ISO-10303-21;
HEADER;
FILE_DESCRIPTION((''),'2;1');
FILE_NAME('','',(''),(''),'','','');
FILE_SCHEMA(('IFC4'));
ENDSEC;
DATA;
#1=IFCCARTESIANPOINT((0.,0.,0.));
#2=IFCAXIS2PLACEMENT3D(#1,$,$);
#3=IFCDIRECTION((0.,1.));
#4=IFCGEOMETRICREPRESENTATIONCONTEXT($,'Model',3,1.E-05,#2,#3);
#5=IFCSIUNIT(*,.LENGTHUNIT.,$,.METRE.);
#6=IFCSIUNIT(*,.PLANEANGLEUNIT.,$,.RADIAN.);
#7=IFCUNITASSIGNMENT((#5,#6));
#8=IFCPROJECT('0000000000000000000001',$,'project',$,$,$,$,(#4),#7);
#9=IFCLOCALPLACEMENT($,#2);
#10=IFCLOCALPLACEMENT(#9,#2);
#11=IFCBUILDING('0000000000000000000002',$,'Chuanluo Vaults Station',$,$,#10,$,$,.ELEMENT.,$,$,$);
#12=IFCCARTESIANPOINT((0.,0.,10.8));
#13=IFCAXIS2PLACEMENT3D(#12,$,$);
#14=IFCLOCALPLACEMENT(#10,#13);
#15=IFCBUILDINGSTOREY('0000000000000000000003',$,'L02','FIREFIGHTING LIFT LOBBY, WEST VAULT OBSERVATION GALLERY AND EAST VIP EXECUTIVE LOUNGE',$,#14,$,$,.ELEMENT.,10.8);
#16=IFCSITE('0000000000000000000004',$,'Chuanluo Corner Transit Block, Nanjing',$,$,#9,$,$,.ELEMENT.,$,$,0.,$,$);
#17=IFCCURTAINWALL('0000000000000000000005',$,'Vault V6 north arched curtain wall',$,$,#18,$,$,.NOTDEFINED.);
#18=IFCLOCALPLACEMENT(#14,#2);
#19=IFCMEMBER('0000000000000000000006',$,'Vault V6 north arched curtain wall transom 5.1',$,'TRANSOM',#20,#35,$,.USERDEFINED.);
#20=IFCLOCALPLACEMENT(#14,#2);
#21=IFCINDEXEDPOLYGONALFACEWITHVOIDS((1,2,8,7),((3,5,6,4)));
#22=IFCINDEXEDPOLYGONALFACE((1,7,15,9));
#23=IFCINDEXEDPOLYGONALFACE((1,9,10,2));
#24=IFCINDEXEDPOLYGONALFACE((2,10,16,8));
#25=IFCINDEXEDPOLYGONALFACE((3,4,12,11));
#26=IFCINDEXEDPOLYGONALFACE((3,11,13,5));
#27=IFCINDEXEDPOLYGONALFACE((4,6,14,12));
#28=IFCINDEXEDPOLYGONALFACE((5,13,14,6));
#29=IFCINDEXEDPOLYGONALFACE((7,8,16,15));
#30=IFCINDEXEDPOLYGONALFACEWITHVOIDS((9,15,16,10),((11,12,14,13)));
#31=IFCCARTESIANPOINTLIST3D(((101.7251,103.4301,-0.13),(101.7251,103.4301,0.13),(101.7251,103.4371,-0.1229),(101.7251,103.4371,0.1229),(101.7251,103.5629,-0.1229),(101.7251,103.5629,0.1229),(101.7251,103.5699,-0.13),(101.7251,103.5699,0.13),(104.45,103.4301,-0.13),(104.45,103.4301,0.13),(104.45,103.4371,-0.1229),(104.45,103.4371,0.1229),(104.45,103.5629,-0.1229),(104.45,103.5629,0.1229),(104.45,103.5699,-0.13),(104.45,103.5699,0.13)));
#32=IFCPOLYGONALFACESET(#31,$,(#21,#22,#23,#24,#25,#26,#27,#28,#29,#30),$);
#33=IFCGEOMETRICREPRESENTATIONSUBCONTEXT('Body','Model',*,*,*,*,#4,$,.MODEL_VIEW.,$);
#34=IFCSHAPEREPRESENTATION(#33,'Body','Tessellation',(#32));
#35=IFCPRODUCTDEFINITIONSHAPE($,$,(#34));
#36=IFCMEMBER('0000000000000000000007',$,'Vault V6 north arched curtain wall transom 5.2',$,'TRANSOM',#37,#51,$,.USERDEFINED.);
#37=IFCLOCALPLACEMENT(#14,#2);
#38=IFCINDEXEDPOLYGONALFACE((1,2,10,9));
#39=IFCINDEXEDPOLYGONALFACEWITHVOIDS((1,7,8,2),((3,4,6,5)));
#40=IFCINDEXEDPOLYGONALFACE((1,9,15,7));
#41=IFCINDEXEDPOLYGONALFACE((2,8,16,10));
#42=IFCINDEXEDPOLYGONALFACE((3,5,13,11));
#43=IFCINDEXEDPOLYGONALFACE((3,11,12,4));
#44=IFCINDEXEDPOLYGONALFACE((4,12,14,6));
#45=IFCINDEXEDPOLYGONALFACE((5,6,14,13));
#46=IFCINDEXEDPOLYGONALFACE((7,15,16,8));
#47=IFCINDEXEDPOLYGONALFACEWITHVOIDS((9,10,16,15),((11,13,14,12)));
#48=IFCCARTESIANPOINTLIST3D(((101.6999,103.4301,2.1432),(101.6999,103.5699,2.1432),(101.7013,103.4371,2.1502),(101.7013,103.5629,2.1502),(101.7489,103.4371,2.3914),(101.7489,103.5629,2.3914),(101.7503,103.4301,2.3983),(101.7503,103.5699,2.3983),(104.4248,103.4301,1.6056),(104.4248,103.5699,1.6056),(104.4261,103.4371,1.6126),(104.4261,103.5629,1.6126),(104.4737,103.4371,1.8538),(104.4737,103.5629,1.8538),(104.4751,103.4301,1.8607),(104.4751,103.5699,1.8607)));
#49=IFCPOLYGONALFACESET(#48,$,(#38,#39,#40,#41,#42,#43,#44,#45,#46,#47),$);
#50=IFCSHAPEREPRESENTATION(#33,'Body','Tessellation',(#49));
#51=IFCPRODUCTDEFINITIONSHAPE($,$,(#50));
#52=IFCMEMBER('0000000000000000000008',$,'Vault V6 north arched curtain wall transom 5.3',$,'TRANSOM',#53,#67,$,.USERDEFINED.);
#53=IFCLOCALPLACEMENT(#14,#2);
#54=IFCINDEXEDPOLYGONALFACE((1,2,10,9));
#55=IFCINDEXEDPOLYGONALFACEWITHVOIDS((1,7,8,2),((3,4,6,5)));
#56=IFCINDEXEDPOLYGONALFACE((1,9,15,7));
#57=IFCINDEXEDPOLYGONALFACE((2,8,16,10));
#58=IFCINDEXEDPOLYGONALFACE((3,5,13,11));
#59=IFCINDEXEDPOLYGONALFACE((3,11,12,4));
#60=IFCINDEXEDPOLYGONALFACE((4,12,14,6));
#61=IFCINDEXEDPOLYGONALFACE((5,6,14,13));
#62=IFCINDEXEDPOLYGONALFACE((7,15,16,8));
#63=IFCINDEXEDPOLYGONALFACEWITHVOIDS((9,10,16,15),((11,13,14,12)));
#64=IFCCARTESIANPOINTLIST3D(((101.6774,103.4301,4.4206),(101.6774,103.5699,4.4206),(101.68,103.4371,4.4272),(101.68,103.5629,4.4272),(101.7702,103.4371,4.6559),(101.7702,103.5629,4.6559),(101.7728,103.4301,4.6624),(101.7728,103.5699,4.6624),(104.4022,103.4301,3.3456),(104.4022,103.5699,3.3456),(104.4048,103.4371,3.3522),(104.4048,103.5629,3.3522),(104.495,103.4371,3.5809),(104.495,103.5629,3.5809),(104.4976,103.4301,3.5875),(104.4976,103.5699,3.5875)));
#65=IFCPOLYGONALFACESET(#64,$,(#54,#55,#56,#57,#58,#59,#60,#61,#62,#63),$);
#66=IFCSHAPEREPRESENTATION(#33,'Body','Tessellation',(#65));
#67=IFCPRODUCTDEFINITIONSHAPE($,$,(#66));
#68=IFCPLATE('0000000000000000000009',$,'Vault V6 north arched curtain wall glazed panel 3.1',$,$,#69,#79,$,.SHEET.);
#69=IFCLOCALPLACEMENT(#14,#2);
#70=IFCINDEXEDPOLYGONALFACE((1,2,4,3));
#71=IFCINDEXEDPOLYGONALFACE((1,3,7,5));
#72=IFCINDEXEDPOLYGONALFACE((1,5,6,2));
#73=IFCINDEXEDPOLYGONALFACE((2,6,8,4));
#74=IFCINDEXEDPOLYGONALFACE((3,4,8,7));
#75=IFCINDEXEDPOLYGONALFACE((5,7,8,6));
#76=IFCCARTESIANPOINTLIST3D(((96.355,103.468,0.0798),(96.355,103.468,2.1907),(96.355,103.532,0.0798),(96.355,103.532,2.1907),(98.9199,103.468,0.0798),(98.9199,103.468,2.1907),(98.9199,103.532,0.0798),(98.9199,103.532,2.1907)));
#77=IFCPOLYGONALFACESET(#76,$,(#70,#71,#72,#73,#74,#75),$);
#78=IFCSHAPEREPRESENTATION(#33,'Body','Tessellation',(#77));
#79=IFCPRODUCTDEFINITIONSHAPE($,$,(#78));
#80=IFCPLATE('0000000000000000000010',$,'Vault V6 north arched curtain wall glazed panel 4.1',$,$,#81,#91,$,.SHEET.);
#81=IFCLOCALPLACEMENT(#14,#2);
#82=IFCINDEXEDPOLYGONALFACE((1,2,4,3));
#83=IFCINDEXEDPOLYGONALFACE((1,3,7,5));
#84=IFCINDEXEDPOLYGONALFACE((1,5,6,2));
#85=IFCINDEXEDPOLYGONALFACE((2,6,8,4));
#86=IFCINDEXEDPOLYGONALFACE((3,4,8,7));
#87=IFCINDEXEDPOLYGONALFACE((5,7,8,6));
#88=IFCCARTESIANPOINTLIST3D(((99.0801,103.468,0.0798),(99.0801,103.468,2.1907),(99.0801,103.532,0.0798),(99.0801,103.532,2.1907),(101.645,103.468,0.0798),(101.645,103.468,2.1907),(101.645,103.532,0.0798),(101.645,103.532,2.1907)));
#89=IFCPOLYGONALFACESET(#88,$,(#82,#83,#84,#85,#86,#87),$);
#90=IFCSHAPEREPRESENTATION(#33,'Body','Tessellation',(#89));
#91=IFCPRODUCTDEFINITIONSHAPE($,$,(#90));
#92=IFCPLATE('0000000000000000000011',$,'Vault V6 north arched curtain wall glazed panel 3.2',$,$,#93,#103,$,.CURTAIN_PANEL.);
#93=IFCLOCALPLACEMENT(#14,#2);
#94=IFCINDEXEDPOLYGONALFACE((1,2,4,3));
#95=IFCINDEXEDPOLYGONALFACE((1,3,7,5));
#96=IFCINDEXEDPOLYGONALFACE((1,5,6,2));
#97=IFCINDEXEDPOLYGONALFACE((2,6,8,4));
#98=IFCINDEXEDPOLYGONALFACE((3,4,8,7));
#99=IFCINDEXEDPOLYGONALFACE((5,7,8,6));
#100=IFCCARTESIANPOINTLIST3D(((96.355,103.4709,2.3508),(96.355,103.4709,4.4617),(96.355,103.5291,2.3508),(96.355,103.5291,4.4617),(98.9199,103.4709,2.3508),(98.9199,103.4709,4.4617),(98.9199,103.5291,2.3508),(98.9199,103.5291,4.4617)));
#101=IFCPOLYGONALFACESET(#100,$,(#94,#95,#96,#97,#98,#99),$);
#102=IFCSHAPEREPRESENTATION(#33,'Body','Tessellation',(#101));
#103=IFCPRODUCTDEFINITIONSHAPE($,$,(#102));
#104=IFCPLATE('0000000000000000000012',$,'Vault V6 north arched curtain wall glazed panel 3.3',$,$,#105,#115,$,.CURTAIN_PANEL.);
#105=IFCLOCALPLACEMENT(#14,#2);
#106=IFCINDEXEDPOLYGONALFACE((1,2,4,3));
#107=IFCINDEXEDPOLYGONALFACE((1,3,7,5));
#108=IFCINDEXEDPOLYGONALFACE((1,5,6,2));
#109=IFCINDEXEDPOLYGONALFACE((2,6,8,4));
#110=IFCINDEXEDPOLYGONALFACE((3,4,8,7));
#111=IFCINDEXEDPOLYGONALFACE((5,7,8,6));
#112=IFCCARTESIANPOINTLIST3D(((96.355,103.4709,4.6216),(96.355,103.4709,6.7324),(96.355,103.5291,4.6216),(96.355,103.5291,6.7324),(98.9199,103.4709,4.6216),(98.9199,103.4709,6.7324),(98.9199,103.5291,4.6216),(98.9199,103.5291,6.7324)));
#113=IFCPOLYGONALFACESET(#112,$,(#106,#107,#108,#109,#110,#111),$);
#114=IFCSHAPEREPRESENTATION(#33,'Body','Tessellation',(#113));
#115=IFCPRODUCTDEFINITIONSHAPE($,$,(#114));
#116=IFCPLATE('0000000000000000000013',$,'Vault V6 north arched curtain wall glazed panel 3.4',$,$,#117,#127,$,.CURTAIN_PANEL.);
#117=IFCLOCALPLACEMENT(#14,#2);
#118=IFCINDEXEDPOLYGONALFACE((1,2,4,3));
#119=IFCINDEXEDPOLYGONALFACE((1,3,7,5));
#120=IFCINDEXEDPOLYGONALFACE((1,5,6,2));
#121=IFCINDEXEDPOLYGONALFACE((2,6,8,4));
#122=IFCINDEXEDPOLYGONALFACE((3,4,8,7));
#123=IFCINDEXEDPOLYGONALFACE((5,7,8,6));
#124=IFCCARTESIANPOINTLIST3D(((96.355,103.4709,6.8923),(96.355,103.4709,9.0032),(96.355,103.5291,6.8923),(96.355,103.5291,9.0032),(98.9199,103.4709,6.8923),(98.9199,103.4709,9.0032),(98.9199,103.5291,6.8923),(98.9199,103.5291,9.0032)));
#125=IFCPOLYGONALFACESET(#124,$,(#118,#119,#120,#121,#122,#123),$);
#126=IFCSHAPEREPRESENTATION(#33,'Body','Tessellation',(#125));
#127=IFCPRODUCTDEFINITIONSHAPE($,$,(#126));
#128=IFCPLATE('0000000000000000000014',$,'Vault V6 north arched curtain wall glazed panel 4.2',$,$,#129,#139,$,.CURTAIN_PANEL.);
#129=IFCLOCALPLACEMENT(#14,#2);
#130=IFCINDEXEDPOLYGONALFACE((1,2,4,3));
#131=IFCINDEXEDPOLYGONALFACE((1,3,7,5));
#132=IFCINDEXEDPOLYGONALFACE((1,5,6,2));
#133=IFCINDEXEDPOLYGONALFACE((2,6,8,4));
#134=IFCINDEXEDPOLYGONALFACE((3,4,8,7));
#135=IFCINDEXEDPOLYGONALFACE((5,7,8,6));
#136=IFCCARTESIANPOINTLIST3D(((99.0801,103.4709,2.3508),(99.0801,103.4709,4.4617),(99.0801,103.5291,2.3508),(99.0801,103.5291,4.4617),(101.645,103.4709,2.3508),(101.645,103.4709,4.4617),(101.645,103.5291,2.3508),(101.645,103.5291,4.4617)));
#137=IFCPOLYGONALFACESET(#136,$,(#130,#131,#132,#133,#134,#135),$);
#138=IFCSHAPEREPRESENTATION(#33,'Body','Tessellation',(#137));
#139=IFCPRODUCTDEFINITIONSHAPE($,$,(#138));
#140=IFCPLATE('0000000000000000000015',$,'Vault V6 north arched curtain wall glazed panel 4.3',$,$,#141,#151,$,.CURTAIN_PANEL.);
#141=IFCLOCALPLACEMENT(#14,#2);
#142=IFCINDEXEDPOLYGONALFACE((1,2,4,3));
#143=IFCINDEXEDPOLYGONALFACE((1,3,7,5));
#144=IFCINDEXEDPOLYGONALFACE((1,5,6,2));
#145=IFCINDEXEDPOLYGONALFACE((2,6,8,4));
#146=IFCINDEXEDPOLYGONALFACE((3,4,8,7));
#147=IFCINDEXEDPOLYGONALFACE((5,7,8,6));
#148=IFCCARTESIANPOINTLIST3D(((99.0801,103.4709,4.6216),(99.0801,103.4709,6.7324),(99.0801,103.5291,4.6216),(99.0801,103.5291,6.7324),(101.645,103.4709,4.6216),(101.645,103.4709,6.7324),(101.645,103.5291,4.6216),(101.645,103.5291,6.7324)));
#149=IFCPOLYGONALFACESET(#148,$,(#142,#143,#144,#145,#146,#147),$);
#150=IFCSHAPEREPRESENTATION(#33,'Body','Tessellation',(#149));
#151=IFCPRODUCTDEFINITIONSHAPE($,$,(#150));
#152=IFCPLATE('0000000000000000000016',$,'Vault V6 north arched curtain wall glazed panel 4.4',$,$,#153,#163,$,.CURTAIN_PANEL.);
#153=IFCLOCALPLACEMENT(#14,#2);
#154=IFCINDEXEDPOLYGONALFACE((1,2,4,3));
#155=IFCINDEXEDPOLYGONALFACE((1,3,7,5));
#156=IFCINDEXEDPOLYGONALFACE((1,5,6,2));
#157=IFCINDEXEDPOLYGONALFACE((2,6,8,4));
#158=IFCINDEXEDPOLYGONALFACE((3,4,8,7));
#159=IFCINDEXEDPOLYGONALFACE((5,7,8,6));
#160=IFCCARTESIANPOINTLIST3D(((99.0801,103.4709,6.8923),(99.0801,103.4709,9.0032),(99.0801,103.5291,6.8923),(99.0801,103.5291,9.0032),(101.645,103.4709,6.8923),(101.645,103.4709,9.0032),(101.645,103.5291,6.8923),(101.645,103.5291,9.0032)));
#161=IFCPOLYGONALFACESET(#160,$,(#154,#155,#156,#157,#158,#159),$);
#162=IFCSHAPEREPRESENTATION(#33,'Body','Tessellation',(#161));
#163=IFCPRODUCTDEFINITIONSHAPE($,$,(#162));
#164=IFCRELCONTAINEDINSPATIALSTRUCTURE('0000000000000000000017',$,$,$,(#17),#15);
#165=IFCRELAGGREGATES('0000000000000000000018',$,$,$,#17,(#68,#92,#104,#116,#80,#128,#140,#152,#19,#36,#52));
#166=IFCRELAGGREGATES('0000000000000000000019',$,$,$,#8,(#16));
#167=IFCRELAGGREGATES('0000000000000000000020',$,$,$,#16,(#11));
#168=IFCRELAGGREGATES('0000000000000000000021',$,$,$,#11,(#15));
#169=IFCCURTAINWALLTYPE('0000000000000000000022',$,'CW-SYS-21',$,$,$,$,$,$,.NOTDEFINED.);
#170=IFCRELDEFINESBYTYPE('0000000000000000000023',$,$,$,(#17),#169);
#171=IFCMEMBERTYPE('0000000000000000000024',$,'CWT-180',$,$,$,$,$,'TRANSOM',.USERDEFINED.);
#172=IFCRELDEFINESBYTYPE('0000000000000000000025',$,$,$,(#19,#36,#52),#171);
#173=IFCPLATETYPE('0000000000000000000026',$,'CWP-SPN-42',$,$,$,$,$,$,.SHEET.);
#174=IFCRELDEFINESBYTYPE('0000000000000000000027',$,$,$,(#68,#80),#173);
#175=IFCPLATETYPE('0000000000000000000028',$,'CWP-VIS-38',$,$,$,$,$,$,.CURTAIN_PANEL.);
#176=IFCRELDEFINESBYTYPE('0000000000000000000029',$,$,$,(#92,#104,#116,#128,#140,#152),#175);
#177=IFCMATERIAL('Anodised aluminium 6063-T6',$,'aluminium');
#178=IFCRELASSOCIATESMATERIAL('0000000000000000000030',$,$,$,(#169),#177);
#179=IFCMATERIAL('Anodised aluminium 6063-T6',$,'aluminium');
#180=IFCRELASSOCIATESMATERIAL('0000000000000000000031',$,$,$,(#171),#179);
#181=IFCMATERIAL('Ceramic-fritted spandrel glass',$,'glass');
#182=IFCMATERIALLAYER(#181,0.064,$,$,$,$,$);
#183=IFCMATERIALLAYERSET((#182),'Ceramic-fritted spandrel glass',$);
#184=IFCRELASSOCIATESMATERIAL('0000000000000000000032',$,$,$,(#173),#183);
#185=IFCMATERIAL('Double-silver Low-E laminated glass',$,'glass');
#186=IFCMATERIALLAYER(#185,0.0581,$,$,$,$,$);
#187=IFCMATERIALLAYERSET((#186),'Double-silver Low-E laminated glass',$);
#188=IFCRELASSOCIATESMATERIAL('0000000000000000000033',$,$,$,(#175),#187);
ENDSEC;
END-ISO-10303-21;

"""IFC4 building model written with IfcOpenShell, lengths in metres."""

from ifc_helpers import new_model, si_unit, direction, frame, origin, origin_2d, place, context, subcontext, project, spatial, rectangle, hollow_rectangle, extrude, material, layer, layer_set, material_profile, profile_set, type_object, element, aggregate, save


model = new_model("IFC4")

# Units and contexts
model_context = context("Model", 3, precision=1e-05, world=origin(), true_north=direction((0.0, 1.0)))
body_context = subcontext(model_context, "Body", "Model", "MODEL_VIEW")
ifc_project = project(units=[si_unit("LENGTHUNIT", "METRE"), si_unit("PLANEANGLEUNIT", "RADIAN")], contexts=[model_context])

# Site, building, storey
site_placement = place(None, origin())
site = spatial("IfcSite", under=ifc_project, at=site_placement, Name="Chuanluo Corner Transit Block, Nanjing", CompositionType="ELEMENT", RefElevation=0.0)
building_placement = place(site_placement, origin())
building = spatial("IfcBuilding", under=site, at=building_placement, Name="Chuanluo Vaults Station", CompositionType="ELEMENT")
storey_placement = place(building_placement, frame((0.0, 0.0, 10.8)))
storey = spatial("IfcBuildingStorey", under=building, at=storey_placement, Name="L02", Description="FIREFIGHTING LIFT LOBBY, WEST VAULT OBSERVATION GALLERY AND EAST VIP EXECUTIVE LOUNGE", CompositionType="ELEMENT", Elevation=10.8)

# Curtain wall, members, plates
ifc_material_1 = material(Name="Anodised aluminium 6063-T6", Category="aluminium")
curtain_wall_type = type_object("IfcCurtainWallType", Name="CW-SYS-21", PredefinedType="NOTDEFINED", material=ifc_material_1)
curtain_wall_placement = place(storey_placement, origin())
curtain_wall = element("IfcCurtainWall", 1, at=curtain_wall_placement, inside=storey, type_object=curtain_wall_type, Name="Vault V6 north arched curtain wall", PredefinedType="NOTDEFINED")
ifc_material_2 = material(Name="Anodised aluminium 6063-T6", Category="aluminium")
ifc_material_profile_1 = material_profile(ifc_material_2, hollow_rectangle(XDim=0.1399, YDim=0.26, WallThickness=0.0071, at=origin_2d()))
ifc_profile_set_1 = profile_set([ifc_material_profile_1], Name="Anodised aluminium 6063-T6")
member_type_1 = type_object("IfcMemberType", Name="CWT-180", ElementType="TRANSOM", PredefinedType="USERDEFINED", material=ifc_profile_set_1)
member_1_placement = place(storey_placement, frame((101.7251, 103.5, 0.0), z_axis=(1.0, 0.0, 0.0), x_axis=(0.0, 1.0, 0.0)))
member_1 = element("IfcMember", 2, at=member_1_placement, type_object=member_type_1, Name="Vault V6 north arched curtain wall transom 5.1", ObjectType="TRANSOM", PredefinedType="USERDEFINED", context=body_context, shape_type="SweptSolid", body=[
    extrude(hollow_rectangle(XDim=0.1399, YDim=0.26, WallThickness=0.0071, at=origin_2d()), origin(), (0.0, 0.0, 1.0), 2.7249),
])
member_2_placement = place(storey_placement, frame((101.7251, 103.5, 2.2708), z_axis=(0.981088, 0.0, -0.193563), x_axis=(0.0, 1.0, 0.0)))
member_2 = element("IfcMember", 3, at=member_2_placement, type_object=member_type_1, Name="Vault V6 north arched curtain wall transom 5.2", ObjectType="TRANSOM", PredefinedType="USERDEFINED", context=body_context, shape_type="SweptSolid", body=[
    extrude(hollow_rectangle(XDim=0.1399, YDim=0.26, WallThickness=0.0071, at=origin_2d()), origin(), (0.0, 0.0, 1.0), 2.7773),
])
member_3_placement = place(storey_placement, frame((101.7251, 103.5, 4.5415), z_axis=(0.930231, 0.0, -0.366975), x_axis=(0.0, 1.0, 0.0)))
member_3 = element("IfcMember", 4, at=member_3_placement, type_object=member_type_1, Name="Vault V6 north arched curtain wall transom 5.3", ObjectType="TRANSOM", PredefinedType="USERDEFINED", context=body_context, shape_type="SweptSolid", body=[
    extrude(hollow_rectangle(XDim=0.1399, YDim=0.26, WallThickness=0.0071, at=origin_2d()), origin(), (0.0, 0.0, 1.0), 2.9292),
])
ifc_material_3 = material(Name="Ceramic-fritted spandrel glass", Category="glass")
ifc_layer_1 = layer(ifc_material_3, 0.064)
ifc_layer_set_1 = layer_set([ifc_layer_1], Name="Ceramic-fritted spandrel glass")
plate_type_1 = type_object("IfcPlateType", Name="CWP-SPN-42", PredefinedType="SHEET", material=ifc_layer_set_1)
plate_1_placement = place(storey_placement, frame((97.6375, 103.5, 0.0798), z_axis=(0.0, 0.0, 1.0), x_axis=(1.0, 0.0, 0.0)))
plate_1 = element("IfcPlate", 5, at=plate_1_placement, type_object=plate_type_1, Name="Vault V6 north arched curtain wall glazed panel 3.1", PredefinedType="SHEET", context=body_context, shape_type="SweptSolid", body=[
    extrude(rectangle(XDim=2.5649, YDim=0.064, at=origin_2d()), origin(), (0.0, 0.0, 1.0), 2.1108),
])
plate_2_placement = place(storey_placement, frame((100.3625, 103.5, 0.0798), z_axis=(0.0, 0.0, 1.0), x_axis=(1.0, 0.0, 0.0)))
plate_2 = element("IfcPlate", 6, at=plate_2_placement, type_object=plate_type_1, Name="Vault V6 north arched curtain wall glazed panel 4.1", PredefinedType="SHEET", context=body_context, shape_type="SweptSolid", body=[
    extrude(rectangle(XDim=2.5649, YDim=0.064, at=origin_2d()), origin(), (0.0, 0.0, 1.0), 2.1108),
])
ifc_material_4 = material(Name="Double-silver Low-E laminated glass", Category="glass")
ifc_layer_2 = layer(ifc_material_4, 0.0581)
ifc_layer_set_2 = layer_set([ifc_layer_2], Name="Double-silver Low-E laminated glass")
plate_type_2 = type_object("IfcPlateType", Name="CWP-VIS-38", PredefinedType="CURTAIN_PANEL", material=ifc_layer_set_2)
plate_3_placement = place(storey_placement, frame((97.6375, 103.5, 2.3508), z_axis=(0.0, 0.0, 1.0), x_axis=(1.0, 0.0, 0.0)))
plate_3 = element("IfcPlate", 7, at=plate_3_placement, type_object=plate_type_2, Name="Vault V6 north arched curtain wall glazed panel 3.2", PredefinedType="CURTAIN_PANEL", context=body_context, shape_type="SweptSolid", body=[
    extrude(rectangle(XDim=2.5649, YDim=0.0581, at=origin_2d()), origin(), (0.0, 0.0, 1.0), 2.1108),
])
plate_4_placement = place(storey_placement, frame((97.6375, 103.5, 4.6216), z_axis=(0.0, 0.0, 1.0), x_axis=(1.0, 0.0, 0.0)))
plate_4 = element("IfcPlate", 8, at=plate_4_placement, type_object=plate_type_2, Name="Vault V6 north arched curtain wall glazed panel 3.3", PredefinedType="CURTAIN_PANEL", context=body_context, shape_type="SweptSolid", body=[
    extrude(rectangle(XDim=2.5649, YDim=0.0581, at=origin_2d()), origin(), (0.0, 0.0, 1.0), 2.1108),
])
plate_5_placement = place(storey_placement, frame((97.6375, 103.5, 6.8923), z_axis=(0.0, 0.0, 1.0), x_axis=(1.0, 0.0, 0.0)))
plate_5 = element("IfcPlate", 9, at=plate_5_placement, type_object=plate_type_2, Name="Vault V6 north arched curtain wall glazed panel 3.4", PredefinedType="CURTAIN_PANEL", context=body_context, shape_type="SweptSolid", body=[
    extrude(rectangle(XDim=2.5649, YDim=0.0581, at=origin_2d()), origin(), (0.0, 0.0, 1.0), 2.1108),
])
plate_6_placement = place(storey_placement, frame((100.3625, 103.5, 2.3508), z_axis=(0.0, 0.0, 1.0), x_axis=(1.0, 0.0, 0.0)))
plate_6 = element("IfcPlate", 10, at=plate_6_placement, type_object=plate_type_2, Name="Vault V6 north arched curtain wall glazed panel 4.2", PredefinedType="CURTAIN_PANEL", context=body_context, shape_type="SweptSolid", body=[
    extrude(rectangle(XDim=2.5649, YDim=0.0581, at=origin_2d()), origin(), (0.0, 0.0, 1.0), 2.1108),
])
plate_7_placement = place(storey_placement, frame((100.3625, 103.5, 4.6216), z_axis=(0.0, 0.0, 1.0), x_axis=(1.0, 0.0, 0.0)))
plate_7 = element("IfcPlate", 11, at=plate_7_placement, type_object=plate_type_2, Name="Vault V6 north arched curtain wall glazed panel 4.3", PredefinedType="CURTAIN_PANEL", context=body_context, shape_type="SweptSolid", body=[
    extrude(rectangle(XDim=2.5649, YDim=0.0581, at=origin_2d()), origin(), (0.0, 0.0, 1.0), 2.1108),
])
plate_8_placement = place(storey_placement, frame((100.3625, 103.5, 6.8923), z_axis=(0.0, 0.0, 1.0), x_axis=(1.0, 0.0, 0.0)))
plate_8 = element("IfcPlate", 12, at=plate_8_placement, type_object=plate_type_2, Name="Vault V6 north arched curtain wall glazed panel 4.4", PredefinedType="CURTAIN_PANEL", context=body_context, shape_type="SweptSolid", body=[
    extrude(rectangle(XDim=2.5649, YDim=0.0581, at=origin_2d()), origin(), (0.0, 0.0, 1.0), 2.1108),
])
aggregate(curtain_wall, [plate_1, plate_3, plate_4, plate_5, plate_2, plate_6, plate_7, plate_8, member_1, member_2, member_3])

save(model, "model.ifc")
